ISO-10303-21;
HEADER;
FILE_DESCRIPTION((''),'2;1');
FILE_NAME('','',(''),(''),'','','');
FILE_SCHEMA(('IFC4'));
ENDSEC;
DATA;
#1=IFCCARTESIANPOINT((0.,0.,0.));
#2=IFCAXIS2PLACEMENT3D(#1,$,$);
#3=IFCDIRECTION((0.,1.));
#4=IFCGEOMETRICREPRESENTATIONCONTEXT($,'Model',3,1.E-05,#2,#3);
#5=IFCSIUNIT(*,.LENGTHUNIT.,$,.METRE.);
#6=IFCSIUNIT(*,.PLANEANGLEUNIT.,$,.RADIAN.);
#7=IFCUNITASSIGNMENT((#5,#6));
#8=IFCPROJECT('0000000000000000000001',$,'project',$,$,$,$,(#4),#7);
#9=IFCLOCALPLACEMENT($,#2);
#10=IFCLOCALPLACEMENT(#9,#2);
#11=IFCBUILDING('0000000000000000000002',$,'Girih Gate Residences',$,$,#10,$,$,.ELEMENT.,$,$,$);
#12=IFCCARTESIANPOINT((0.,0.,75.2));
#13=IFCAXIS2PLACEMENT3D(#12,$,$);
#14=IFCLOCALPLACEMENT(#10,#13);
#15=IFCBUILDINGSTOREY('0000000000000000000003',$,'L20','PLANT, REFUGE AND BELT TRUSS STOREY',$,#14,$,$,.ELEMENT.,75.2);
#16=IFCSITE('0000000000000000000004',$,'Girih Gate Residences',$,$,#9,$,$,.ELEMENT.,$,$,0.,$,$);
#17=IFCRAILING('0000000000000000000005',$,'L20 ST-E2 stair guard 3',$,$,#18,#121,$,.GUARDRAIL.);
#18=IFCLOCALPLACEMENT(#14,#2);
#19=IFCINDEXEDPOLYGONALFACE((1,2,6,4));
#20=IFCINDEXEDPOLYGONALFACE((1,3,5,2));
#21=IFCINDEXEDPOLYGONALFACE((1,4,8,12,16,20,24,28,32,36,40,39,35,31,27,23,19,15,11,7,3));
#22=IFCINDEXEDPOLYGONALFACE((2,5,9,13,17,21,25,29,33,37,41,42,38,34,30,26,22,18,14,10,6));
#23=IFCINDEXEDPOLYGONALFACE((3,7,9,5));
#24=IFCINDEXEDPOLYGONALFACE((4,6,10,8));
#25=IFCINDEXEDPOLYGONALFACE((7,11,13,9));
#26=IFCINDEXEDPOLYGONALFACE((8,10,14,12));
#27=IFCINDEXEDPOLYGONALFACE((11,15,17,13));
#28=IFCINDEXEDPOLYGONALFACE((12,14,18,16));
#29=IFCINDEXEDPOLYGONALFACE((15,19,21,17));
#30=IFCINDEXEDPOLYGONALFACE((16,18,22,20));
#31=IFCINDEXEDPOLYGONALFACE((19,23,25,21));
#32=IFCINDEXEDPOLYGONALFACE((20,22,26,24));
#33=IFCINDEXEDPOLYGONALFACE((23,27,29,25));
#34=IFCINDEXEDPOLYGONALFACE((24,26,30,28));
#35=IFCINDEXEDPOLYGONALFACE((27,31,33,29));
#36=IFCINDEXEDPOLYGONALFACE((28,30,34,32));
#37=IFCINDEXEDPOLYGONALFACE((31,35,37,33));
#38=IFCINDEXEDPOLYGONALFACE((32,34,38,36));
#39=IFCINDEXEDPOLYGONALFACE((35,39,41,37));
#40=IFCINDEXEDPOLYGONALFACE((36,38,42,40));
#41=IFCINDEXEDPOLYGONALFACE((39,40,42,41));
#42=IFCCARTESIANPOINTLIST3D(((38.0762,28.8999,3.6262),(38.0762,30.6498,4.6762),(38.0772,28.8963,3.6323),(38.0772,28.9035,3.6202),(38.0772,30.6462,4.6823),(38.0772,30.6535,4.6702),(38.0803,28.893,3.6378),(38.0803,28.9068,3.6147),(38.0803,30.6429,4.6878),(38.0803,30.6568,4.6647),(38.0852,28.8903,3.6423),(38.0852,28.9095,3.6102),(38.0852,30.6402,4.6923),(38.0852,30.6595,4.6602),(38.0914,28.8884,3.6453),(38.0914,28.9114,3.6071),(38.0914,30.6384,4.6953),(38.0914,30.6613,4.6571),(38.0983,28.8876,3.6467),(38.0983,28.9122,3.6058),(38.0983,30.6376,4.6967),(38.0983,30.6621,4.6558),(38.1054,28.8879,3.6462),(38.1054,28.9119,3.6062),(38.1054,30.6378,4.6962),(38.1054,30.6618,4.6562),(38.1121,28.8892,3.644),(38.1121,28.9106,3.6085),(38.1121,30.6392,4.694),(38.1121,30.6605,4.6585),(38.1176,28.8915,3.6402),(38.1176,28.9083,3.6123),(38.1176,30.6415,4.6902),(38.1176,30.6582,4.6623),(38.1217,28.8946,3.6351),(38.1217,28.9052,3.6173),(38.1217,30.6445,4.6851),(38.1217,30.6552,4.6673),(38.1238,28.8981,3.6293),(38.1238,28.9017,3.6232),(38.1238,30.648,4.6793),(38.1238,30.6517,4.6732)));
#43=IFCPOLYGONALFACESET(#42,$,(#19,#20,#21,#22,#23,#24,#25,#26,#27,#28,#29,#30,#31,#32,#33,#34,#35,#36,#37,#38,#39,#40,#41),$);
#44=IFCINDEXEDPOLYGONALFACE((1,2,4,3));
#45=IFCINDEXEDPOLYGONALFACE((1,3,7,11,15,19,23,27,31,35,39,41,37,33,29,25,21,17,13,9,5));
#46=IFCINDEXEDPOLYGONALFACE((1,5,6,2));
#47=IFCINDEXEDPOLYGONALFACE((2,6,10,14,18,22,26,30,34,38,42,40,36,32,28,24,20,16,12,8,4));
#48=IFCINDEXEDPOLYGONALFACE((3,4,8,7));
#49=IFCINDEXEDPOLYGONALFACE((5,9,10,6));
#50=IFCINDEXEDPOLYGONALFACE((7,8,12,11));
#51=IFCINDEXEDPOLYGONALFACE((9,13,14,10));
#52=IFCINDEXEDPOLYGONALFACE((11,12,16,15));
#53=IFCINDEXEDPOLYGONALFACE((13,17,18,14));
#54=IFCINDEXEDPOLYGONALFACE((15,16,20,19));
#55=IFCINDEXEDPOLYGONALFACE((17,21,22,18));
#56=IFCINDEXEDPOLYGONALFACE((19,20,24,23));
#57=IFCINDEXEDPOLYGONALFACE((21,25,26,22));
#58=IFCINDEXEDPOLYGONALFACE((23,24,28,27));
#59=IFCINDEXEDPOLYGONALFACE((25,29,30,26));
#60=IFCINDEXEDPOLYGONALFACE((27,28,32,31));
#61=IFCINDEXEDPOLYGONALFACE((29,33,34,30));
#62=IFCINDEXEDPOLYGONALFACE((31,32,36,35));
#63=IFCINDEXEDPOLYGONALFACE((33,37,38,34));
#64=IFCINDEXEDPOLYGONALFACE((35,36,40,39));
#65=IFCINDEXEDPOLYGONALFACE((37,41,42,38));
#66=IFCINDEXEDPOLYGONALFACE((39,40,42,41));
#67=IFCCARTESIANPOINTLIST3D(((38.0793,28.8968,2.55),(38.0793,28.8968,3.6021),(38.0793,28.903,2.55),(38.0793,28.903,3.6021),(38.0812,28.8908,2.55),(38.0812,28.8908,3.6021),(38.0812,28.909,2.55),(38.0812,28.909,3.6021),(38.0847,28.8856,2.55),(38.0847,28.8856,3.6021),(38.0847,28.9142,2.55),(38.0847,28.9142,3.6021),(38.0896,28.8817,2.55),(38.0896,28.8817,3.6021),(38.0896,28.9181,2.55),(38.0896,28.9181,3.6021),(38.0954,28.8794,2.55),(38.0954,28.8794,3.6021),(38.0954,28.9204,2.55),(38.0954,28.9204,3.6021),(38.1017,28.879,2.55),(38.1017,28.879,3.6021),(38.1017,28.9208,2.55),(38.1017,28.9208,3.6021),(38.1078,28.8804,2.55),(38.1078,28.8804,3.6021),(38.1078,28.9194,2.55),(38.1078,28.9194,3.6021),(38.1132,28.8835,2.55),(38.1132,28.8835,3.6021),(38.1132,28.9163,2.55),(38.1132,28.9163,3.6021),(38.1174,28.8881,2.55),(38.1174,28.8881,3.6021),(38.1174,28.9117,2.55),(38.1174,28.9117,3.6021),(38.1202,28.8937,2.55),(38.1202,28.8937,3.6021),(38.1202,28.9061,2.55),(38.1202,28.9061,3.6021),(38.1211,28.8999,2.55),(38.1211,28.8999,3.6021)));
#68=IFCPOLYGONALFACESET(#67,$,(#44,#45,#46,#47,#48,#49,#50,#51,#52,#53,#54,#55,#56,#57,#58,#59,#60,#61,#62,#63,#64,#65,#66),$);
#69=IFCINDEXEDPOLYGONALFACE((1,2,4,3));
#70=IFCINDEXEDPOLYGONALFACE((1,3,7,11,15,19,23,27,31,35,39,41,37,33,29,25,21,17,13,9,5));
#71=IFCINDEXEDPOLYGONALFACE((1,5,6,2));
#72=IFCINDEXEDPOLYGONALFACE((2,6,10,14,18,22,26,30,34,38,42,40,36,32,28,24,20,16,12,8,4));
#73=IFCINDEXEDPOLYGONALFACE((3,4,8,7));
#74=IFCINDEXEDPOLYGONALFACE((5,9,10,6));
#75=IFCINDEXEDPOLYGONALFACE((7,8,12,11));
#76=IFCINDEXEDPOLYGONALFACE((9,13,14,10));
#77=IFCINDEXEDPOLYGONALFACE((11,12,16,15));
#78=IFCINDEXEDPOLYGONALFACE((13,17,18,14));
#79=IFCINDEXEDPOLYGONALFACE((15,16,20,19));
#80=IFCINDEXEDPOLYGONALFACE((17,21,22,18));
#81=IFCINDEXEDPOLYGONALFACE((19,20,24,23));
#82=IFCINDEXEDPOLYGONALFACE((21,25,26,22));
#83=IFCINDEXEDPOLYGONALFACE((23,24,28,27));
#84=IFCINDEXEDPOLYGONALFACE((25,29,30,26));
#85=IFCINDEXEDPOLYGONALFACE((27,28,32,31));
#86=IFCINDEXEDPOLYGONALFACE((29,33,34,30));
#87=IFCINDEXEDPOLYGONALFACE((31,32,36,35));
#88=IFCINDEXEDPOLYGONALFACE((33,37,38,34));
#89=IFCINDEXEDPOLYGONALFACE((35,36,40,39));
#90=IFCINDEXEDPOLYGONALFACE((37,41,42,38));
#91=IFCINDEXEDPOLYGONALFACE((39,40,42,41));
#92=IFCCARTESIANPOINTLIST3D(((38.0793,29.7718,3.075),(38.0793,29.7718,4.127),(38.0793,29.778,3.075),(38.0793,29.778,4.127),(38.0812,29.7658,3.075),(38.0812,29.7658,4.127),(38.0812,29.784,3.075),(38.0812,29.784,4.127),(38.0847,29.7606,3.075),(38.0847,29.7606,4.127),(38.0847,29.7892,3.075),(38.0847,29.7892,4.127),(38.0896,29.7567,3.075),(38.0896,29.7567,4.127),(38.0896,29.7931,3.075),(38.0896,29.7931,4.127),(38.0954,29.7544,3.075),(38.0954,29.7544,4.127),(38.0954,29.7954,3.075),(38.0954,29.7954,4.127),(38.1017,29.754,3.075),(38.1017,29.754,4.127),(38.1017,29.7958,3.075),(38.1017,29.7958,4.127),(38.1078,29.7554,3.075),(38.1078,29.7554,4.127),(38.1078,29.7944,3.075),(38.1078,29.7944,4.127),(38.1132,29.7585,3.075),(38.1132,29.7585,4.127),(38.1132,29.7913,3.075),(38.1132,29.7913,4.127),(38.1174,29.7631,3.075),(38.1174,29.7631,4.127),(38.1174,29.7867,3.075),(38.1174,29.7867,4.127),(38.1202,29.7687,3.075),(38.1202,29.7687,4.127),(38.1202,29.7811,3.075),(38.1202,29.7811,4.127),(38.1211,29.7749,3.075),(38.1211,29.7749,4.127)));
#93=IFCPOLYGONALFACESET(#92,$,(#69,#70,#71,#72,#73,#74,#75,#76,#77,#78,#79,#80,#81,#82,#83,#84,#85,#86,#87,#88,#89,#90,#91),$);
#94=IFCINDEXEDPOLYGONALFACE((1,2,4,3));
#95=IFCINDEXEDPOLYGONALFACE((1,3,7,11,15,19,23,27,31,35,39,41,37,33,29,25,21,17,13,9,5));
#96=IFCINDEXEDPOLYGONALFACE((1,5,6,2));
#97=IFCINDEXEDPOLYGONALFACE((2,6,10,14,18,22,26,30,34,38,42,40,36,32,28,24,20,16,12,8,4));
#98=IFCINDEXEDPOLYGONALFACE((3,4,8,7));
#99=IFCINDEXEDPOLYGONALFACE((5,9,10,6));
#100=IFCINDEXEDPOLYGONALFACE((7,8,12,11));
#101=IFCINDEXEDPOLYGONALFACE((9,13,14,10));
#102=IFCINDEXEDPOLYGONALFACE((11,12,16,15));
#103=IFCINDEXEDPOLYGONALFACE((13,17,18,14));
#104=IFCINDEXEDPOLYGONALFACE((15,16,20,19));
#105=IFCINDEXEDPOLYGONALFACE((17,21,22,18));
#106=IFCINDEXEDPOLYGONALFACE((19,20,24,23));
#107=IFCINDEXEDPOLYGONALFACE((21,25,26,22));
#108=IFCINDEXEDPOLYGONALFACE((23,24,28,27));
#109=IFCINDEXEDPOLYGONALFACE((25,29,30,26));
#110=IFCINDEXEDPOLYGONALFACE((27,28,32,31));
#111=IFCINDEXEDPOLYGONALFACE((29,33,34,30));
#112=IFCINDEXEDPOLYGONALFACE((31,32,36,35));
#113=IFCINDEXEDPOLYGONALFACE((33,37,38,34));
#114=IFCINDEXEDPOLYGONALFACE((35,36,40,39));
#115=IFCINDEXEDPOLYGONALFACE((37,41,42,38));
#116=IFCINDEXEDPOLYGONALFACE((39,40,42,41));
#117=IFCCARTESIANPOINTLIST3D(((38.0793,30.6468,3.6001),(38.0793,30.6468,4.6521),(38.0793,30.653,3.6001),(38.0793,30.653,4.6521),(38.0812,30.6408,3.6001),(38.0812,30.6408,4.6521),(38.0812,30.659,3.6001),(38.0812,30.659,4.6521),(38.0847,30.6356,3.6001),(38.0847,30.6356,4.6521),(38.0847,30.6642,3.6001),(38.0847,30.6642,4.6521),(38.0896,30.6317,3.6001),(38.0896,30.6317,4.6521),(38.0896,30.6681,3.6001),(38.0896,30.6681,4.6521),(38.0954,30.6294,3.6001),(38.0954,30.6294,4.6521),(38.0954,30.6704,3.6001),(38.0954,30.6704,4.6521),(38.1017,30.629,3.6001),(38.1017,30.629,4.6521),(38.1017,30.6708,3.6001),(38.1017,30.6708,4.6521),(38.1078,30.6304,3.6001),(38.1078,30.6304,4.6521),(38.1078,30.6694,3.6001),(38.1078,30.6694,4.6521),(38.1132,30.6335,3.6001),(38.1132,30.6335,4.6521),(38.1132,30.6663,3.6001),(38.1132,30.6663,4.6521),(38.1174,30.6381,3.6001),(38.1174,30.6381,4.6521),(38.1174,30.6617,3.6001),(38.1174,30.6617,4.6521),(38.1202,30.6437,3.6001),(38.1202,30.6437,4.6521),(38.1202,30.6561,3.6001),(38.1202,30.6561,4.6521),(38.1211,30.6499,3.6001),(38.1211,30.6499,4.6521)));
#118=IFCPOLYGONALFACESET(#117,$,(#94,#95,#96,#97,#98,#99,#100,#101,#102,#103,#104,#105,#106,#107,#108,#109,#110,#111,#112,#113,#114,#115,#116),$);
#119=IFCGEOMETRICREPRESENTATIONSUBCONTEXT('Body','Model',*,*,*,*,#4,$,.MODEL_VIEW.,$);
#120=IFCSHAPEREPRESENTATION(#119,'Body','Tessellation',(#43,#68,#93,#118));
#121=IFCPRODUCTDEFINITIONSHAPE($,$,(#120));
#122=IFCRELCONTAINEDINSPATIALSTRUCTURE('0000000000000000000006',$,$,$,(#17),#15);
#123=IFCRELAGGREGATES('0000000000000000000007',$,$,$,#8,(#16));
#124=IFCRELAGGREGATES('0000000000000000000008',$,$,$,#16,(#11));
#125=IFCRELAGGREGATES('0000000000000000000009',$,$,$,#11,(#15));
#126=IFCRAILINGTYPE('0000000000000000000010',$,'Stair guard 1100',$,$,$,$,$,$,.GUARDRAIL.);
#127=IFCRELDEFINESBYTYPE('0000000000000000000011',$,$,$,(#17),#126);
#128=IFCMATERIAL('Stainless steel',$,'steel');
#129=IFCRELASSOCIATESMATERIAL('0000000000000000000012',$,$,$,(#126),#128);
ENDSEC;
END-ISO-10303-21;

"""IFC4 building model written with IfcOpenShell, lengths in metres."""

from ifc_helpers import new_model, si_unit, direction, frame, origin, origin_2d, place, context, subcontext, project, spatial, circle, extrude, material, type_object, element, save


model = new_model("IFC4")

# Units and contexts
model_context = context("Model", 3, precision=1e-05, world=origin(), true_north=direction((0.0, 1.0)))
body_context = subcontext(model_context, "Body", "Model", "MODEL_VIEW")
ifc_project = project(units=[si_unit("LENGTHUNIT", "METRE"), si_unit("PLANEANGLEUNIT", "RADIAN")], contexts=[model_context])

# Site, building, storey
site_placement = place(None, origin())
site = spatial("IfcSite", under=ifc_project, at=site_placement, Name="Girih Gate Residences", CompositionType="ELEMENT", RefElevation=0.0)
building_placement = place(site_placement, origin())
building = spatial("IfcBuilding", under=site, at=building_placement, Name="Girih Gate Residences", CompositionType="ELEMENT")
storey_placement = place(building_placement, frame((0.0, 0.0, 75.2)))
storey = spatial("IfcBuildingStorey", under=building, at=storey_placement, Name="L20", Description="PLANT, REFUGE AND BELT TRUSS STOREY", CompositionType="ELEMENT", Elevation=75.2)

# Railing
ifc_material_1 = material(Name="Stainless steel", Category="steel")
railing_type = type_object("IfcRailingType", Name="Stair guard 1100", PredefinedType="GUARDRAIL", material=ifc_material_1)
railing_1_placement = place(storey_placement, frame((38.1001, 28.8999, 2.55)))
element("IfcRailing", 1, at=railing_1_placement, inside=storey, type_object=railing_type, Name="L20 ST-E2 stair guard 3", PredefinedType="GUARDRAIL", context=body_context, shape_type="SweptSolid", body=[
    extrude(circle(Radius=0.0239, at=origin_2d()), frame((0.0, 0.0, 1.0762), z_axis=(0.0, 0.857482, 0.514513), x_axis=(-1.0, 0.0, 0.0)), (0.0, 0.0, 1.0), 2.0408),
    extrude(circle(Radius=0.021, at=origin_2d()), origin(), (0.0, 0.0, 1.0), 1.052),
    extrude(circle(Radius=0.021, at=origin_2d()), frame((0.0, 0.875, 0.5249)), (0.0, 0.0, 1.0), 1.052),
    extrude(circle(Radius=0.021, at=origin_2d()), frame((0.0, 1.75, 1.05)), (0.0, 0.0, 1.0), 1.052),
])

save(model, "model.ifc")
